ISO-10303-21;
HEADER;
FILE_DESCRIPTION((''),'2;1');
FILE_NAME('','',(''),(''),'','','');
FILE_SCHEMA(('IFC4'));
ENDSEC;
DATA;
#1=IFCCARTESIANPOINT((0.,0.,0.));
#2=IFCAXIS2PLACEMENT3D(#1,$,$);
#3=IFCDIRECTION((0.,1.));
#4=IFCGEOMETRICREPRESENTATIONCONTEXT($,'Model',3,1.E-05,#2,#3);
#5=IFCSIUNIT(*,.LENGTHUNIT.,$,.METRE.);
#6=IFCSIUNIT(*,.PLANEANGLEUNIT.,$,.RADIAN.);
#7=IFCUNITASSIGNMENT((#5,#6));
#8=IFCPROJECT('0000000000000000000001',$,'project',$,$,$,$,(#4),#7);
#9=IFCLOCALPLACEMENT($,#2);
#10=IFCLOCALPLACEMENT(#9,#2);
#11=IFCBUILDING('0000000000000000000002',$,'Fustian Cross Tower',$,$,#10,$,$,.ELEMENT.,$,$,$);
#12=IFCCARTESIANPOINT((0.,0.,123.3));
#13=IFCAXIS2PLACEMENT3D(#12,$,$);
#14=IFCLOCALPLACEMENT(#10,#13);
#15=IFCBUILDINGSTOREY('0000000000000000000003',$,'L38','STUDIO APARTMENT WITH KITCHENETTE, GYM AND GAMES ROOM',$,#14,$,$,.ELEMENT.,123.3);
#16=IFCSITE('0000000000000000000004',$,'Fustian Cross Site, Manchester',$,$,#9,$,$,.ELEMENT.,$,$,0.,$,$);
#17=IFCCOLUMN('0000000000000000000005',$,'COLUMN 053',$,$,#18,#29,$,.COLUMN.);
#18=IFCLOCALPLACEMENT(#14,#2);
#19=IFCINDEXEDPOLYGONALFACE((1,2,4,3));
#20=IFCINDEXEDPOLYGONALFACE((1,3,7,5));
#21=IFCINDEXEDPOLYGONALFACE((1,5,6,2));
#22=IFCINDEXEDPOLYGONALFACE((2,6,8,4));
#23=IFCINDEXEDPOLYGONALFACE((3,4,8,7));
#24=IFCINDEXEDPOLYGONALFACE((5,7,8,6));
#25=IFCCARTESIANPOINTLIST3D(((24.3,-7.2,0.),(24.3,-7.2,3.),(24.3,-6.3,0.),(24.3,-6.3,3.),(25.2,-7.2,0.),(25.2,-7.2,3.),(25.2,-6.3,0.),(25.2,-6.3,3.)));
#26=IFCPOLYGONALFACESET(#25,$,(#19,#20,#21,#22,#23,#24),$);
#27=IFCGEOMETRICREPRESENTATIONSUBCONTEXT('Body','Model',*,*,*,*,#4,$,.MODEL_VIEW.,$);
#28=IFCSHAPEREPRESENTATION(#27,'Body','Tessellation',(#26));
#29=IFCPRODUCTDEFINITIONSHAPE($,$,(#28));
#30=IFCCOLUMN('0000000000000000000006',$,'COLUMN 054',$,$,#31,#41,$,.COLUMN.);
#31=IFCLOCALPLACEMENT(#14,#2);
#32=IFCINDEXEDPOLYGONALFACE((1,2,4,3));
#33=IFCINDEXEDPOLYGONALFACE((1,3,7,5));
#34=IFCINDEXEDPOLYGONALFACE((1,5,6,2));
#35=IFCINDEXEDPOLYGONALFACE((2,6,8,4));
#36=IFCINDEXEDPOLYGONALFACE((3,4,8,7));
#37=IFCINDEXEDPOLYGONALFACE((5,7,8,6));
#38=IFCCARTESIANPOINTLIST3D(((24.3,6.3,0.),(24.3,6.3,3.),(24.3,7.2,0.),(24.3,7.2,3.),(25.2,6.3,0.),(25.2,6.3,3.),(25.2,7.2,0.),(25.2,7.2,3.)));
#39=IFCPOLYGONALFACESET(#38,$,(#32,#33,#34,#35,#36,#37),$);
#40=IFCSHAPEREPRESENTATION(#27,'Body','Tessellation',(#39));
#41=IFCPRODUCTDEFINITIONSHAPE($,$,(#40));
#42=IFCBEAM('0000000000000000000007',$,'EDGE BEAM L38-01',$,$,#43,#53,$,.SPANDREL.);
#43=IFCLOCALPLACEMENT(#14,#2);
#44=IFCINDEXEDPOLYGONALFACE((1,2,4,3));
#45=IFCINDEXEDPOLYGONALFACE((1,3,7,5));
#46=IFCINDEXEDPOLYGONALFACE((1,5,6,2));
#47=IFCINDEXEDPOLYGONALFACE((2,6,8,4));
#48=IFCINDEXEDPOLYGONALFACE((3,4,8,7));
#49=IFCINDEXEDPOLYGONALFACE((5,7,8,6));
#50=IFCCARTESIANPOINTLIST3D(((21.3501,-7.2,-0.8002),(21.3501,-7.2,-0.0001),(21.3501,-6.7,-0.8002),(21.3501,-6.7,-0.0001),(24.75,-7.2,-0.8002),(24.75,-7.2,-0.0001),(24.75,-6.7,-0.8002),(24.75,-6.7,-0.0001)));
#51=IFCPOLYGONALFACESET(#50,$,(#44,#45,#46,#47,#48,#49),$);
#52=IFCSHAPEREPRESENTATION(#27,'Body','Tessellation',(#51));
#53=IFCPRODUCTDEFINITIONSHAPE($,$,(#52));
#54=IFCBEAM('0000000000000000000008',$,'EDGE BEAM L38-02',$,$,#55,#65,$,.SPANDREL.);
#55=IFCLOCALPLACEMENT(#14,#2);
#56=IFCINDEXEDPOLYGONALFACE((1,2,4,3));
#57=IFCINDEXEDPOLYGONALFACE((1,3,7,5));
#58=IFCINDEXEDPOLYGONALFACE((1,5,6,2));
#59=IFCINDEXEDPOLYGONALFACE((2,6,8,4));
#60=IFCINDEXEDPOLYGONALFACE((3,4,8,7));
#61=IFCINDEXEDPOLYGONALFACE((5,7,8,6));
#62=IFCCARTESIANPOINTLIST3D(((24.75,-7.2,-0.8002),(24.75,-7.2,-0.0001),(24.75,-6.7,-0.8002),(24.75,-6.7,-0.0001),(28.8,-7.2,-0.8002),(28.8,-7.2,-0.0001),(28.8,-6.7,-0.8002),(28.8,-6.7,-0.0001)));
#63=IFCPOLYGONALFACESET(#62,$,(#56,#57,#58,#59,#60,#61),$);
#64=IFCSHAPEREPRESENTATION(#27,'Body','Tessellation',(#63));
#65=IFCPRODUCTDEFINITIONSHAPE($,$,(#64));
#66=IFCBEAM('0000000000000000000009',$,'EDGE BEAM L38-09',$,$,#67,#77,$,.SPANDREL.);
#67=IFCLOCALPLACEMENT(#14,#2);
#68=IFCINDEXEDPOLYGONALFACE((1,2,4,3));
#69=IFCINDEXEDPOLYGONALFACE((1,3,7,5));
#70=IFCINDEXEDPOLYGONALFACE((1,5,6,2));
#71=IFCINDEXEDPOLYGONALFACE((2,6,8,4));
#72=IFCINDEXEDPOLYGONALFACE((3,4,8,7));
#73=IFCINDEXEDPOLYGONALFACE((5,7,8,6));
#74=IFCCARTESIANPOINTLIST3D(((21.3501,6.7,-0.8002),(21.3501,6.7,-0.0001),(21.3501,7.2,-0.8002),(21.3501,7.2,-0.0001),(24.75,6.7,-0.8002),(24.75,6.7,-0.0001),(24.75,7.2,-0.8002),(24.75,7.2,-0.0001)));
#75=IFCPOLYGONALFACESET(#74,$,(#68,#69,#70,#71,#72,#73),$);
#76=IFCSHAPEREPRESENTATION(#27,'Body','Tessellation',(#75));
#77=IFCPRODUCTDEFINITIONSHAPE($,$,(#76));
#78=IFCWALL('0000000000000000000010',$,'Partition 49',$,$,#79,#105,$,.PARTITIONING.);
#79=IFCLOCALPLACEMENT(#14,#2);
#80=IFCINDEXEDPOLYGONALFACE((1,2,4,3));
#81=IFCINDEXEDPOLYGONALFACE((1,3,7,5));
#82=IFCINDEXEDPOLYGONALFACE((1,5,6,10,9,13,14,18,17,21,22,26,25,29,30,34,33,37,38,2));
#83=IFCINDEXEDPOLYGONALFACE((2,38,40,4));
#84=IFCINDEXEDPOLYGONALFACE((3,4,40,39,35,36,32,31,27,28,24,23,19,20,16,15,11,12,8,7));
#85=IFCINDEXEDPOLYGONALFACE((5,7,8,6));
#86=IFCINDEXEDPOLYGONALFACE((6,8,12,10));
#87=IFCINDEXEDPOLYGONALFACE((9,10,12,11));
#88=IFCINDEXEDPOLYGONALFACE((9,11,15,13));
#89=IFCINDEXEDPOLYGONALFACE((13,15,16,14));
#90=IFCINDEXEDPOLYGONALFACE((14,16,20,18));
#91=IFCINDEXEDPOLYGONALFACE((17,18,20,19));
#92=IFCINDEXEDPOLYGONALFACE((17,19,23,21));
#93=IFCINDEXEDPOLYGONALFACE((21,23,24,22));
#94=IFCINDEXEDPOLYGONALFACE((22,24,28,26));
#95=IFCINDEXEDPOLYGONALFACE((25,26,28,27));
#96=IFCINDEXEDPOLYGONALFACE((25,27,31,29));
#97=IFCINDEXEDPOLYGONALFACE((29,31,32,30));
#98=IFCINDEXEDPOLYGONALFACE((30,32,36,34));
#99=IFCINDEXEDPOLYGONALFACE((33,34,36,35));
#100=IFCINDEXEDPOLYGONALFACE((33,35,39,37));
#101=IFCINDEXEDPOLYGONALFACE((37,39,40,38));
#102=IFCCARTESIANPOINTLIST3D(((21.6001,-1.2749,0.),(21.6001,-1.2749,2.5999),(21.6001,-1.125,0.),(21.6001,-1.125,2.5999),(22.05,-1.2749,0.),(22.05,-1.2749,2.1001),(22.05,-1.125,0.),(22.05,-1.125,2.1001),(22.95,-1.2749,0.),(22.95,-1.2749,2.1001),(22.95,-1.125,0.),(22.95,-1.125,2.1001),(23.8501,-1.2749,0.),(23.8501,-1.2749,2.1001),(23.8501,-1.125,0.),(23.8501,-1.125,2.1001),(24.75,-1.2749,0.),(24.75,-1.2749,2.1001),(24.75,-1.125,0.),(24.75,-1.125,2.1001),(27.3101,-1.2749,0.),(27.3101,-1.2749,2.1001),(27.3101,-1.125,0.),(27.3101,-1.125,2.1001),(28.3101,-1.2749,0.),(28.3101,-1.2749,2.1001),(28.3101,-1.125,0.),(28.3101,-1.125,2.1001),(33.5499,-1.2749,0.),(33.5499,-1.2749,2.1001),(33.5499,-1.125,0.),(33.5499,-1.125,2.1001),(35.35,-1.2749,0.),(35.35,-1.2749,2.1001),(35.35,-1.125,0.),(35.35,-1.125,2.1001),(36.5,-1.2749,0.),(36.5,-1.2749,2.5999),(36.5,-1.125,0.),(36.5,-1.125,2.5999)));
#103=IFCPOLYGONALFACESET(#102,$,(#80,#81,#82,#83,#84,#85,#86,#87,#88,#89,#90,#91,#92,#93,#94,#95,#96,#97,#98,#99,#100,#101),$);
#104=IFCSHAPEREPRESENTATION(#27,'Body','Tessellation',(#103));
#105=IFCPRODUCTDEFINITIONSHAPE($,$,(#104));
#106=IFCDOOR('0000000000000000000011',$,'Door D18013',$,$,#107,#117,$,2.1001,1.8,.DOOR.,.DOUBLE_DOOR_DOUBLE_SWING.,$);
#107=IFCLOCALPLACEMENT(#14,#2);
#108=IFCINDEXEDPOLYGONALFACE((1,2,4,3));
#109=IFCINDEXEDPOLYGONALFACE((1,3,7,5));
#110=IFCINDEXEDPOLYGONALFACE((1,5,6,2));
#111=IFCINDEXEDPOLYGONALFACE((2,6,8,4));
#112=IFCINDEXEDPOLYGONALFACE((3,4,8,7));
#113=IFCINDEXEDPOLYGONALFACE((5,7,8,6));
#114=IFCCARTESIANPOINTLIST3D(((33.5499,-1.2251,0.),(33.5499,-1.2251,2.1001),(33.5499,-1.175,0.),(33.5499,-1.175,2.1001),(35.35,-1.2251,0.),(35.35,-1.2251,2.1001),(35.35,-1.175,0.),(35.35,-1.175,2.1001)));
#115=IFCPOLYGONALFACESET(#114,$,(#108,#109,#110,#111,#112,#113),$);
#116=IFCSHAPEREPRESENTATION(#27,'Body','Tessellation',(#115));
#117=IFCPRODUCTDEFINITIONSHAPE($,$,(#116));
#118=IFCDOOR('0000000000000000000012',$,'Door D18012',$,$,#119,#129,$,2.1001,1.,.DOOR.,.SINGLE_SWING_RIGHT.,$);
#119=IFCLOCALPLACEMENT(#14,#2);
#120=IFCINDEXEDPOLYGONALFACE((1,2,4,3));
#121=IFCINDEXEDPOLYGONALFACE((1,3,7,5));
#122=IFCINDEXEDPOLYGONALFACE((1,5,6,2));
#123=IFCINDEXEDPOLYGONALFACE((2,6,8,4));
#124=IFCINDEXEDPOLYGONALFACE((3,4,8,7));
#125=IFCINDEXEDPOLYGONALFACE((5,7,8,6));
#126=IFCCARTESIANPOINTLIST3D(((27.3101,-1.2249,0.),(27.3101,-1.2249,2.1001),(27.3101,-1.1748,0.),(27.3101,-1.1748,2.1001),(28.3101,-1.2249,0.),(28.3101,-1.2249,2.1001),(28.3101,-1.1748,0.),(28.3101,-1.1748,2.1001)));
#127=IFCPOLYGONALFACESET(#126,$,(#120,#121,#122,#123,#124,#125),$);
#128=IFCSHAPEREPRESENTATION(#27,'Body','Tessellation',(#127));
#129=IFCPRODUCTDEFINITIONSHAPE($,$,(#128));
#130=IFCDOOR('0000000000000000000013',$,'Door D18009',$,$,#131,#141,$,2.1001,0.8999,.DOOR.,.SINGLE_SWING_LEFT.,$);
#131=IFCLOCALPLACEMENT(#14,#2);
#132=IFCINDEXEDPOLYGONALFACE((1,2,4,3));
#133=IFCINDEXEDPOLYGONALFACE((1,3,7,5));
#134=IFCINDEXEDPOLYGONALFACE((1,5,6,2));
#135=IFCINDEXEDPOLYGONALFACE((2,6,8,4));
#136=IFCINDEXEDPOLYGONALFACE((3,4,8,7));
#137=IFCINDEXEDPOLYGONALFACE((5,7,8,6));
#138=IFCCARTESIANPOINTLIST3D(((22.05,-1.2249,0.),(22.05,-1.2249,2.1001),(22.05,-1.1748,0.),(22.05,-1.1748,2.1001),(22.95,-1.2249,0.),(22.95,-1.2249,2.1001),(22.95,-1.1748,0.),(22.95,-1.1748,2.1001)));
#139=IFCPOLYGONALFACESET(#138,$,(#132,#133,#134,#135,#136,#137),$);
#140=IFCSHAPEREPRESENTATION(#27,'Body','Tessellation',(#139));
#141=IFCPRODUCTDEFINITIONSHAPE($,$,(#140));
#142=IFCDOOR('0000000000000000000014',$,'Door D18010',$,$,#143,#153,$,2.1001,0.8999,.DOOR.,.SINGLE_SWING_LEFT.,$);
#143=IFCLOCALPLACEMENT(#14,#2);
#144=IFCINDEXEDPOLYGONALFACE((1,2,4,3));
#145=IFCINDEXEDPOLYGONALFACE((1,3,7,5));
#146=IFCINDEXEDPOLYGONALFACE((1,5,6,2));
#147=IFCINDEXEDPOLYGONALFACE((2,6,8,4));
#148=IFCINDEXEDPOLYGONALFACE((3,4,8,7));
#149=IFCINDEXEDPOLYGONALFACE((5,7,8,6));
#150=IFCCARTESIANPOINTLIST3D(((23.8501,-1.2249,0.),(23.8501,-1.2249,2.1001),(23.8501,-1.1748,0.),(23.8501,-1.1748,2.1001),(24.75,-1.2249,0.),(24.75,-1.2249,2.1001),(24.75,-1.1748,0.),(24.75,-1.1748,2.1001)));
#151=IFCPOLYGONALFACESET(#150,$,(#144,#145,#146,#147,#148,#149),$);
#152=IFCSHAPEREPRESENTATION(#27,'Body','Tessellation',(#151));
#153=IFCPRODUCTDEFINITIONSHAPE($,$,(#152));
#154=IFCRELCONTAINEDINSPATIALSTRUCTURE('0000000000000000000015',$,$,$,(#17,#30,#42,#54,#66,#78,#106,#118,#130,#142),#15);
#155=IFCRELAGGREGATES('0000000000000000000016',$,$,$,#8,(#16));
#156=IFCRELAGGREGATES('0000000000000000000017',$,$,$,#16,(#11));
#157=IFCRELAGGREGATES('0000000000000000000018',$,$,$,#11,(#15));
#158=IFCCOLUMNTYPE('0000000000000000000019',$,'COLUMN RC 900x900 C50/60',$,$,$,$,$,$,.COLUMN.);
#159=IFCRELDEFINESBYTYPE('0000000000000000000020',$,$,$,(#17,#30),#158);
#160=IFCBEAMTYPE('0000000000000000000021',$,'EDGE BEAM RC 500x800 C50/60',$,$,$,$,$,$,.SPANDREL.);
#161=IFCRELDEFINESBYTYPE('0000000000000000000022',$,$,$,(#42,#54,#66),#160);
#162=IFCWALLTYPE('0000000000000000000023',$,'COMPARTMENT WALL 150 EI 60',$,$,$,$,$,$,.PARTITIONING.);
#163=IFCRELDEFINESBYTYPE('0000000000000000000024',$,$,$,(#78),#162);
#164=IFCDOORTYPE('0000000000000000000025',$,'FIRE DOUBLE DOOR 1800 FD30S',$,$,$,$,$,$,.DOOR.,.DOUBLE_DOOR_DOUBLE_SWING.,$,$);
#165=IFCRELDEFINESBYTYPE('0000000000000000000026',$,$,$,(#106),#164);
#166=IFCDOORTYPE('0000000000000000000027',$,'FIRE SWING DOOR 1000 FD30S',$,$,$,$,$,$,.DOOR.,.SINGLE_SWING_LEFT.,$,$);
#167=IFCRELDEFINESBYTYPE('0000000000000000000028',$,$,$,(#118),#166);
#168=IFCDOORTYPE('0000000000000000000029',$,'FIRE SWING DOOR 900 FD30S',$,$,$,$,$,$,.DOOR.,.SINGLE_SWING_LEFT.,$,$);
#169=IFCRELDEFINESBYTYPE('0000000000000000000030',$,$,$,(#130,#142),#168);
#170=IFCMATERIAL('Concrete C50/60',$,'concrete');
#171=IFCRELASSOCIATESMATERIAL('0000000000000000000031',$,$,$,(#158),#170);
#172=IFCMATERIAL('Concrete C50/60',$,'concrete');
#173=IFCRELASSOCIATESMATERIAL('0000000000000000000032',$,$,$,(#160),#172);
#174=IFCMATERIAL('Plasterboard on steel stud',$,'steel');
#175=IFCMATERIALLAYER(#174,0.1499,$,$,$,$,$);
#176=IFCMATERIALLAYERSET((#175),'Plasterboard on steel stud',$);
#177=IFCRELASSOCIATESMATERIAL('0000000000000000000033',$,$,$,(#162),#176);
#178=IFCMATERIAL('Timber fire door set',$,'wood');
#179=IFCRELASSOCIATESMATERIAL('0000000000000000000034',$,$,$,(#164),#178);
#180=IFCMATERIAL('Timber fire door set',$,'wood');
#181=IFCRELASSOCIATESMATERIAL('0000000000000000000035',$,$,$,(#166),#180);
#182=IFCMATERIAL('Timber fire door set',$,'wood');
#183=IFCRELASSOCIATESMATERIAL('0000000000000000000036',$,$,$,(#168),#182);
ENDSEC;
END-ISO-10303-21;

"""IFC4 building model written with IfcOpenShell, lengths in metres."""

from ifc_helpers import new_model, si_unit, direction, frame, frame_2d, origin, origin_2d, place, context, subcontext, project, spatial, rectangle, extrude, material, layer, layer_set, material_profile, profile_set, type_object, element, fill, save


model = new_model("IFC4")

# Units and contexts
model_context = context("Model", 3, precision=1e-05, world=origin(), true_north=direction((0.0, 1.0)))
body_context = subcontext(model_context, "Body", "Model", "MODEL_VIEW")
ifc_project = project(units=[si_unit("LENGTHUNIT", "METRE"), si_unit("PLANEANGLEUNIT", "RADIAN")], contexts=[model_context])

# Site, building, storey
site_placement = place(None, origin())
site = spatial("IfcSite", under=ifc_project, at=site_placement, Name="Fustian Cross Site, Manchester", CompositionType="ELEMENT", RefElevation=0.0)
building_placement = place(site_placement, origin())
building = spatial("IfcBuilding", under=site, at=building_placement, Name="Fustian Cross Tower", CompositionType="ELEMENT")
storey_placement = place(building_placement, frame((0.0, 0.0, 123.3)))
storey = spatial("IfcBuildingStorey", under=building, at=storey_placement, Name="L38", Description="STUDIO APARTMENT WITH KITCHENETTE, GYM AND GAMES ROOM", CompositionType="ELEMENT", Elevation=123.3)

# Columns
ifc_material_1 = material(Name="Concrete C50/60", Category="concrete")
ifc_material_profile_1 = material_profile(ifc_material_1, rectangle(XDim=0.8999, YDim=0.8999, at=origin_2d()), Name="RC 900x900")
ifc_profile_set_1 = profile_set([ifc_material_profile_1], Name="Concrete C50/60")
column_type = type_object("IfcColumnType", Name="COLUMN RC 900x900 C50/60", PredefinedType="COLUMN", material=ifc_profile_set_1)
for number, where, z_axis, x_axis, name in (
    (1, (24.75, -6.75, 0.0), (0.0, 0.0, 1.0), (1.0, 0.0, 0.0), "COLUMN 053"),
    (2, (24.75, 6.75, 0.0), (0.0, 0.0, 1.0), (1.0, 0.0, 0.0), "COLUMN 054"),
):
    element("IfcColumn", number, at=place(storey_placement, frame(where, z_axis=z_axis, x_axis=x_axis)), inside=storey, type_object=column_type, Name=name, PredefinedType="COLUMN", context=body_context, shape_type="SweptSolid", body=[
        extrude(rectangle(XDim=0.8999, YDim=0.8999, at=origin_2d()), origin(), (0.0, 0.0, 1.0), 3.0),
    ])

# Beams
ifc_material_2 = material(Name="Concrete C50/60", Category="concrete")
ifc_material_profile_2 = material_profile(ifc_material_2, rectangle(XDim=0.5, YDim=0.8, at=origin_2d()), Name="RC 500x800")
ifc_profile_set_2 = profile_set([ifc_material_profile_2], Name="Concrete C50/60")
beam_type = type_object("IfcBeamType", Name="EDGE BEAM RC 500x800 C50/60", PredefinedType="SPANDREL", material=ifc_profile_set_2)
beam_1_placement = place(storey_placement, frame((21.3501, -6.95, -0.4001), z_axis=(1.0, 0.0, 0.0), x_axis=(0.0, 1.0, 0.0)))
element("IfcBeam", 3, at=beam_1_placement, inside=storey, type_object=beam_type, Name="EDGE BEAM L38-01", PredefinedType="SPANDREL", context=body_context, shape_type="SweptSolid", body=[
    extrude(rectangle(XDim=0.5, YDim=0.8, at=origin_2d()), origin(), (0.0, 0.0, 1.0), 3.3999),
])
beam_2_placement = place(storey_placement, frame((24.75, -6.95, -0.4001), z_axis=(1.0, 0.0, 0.0), x_axis=(0.0, 1.0, 0.0)))
element("IfcBeam", 4, at=beam_2_placement, inside=storey, type_object=beam_type, Name="EDGE BEAM L38-02", PredefinedType="SPANDREL", context=body_context, shape_type="SweptSolid", body=[
    extrude(rectangle(XDim=0.5, YDim=0.8, at=origin_2d()), origin(), (0.0, 0.0, 1.0), 4.05),
])
beam_3_placement = place(storey_placement, frame((24.75, 6.95, -0.4001), z_axis=(-1.0, 0.0, 0.0), x_axis=(0.0, -1.0, 0.0)))
element("IfcBeam", 5, at=beam_3_placement, inside=storey, type_object=beam_type, Name="EDGE BEAM L38-09", PredefinedType="SPANDREL", context=body_context, shape_type="SweptSolid", body=[
    extrude(rectangle(XDim=0.5, YDim=0.8, at=origin_2d()), origin(), (0.0, 0.0, 1.0), 3.3999),
])

# Wall, openings, doors
ifc_material_3 = material(Name="Plasterboard on steel stud", Category="steel")
ifc_layer_1 = layer(ifc_material_3, 0.1499)
ifc_layer_set_1 = layer_set([ifc_layer_1], Name="Plasterboard on steel stud")
wall_type_1 = type_object("IfcWallType", Name="COMPARTMENT WALL 150 EI 60", PredefinedType="PARTITIONING", material=ifc_layer_set_1)
wall_1_placement = place(storey_placement, frame((21.6001, -1.2, 0.0), z_axis=(0.0, 0.0, 1.0), x_axis=(1.0, 0.0, 0.0)))
wall_1 = element("IfcWall", 6, at=wall_1_placement, inside=storey, type_object=wall_type_1, Name="Partition 49", PredefinedType="PARTITIONING", context=body_context, shape_type="SweptSolid", body=[
    extrude(rectangle(XDim=14.8999, YDim=0.1499, at=frame_2d((7.45, 0.0))), origin(), (0.0, 0.0, 1.0), 2.5999),
])
opening_1_placement = place(wall_1_placement, frame((0.45, 0.0, 0.0)))
opening_1 = element("IfcOpeningElement", 7, at=opening_1_placement, cuts=wall_1, PredefinedType="OPENING", context=body_context, shape_type="SweptSolid", body=[
    extrude(rectangle(XDim=0.8999, YDim=2.1001, at=frame_2d((0.45, 1.05))), frame((0.0, 0.085, 0.0), z_axis=(0.0, -1.0, 0.0), x_axis=(1.0, 0.0, 0.0)), (0.0, 0.0, 1.0), 0.1699),
])
opening_2_placement = place(wall_1_placement, frame((2.25, 0.0, 0.0)))
opening_2 = element("IfcOpeningElement", 8, at=opening_2_placement, cuts=wall_1, PredefinedType="OPENING", context=body_context, shape_type="SweptSolid", body=[
    extrude(rectangle(XDim=0.8999, YDim=2.1001, at=frame_2d((0.45, 1.05))), frame((0.0, 0.085, 0.0), z_axis=(0.0, -1.0, 0.0), x_axis=(1.0, 0.0, 0.0)), (0.0, 0.0, 1.0), 0.1699),
])
opening_3_placement = place(wall_1_placement, frame((5.71, 0.0, 0.0)))
opening_3 = element("IfcOpeningElement", 9, at=opening_3_placement, cuts=wall_1, PredefinedType="OPENING", context=body_context, shape_type="SweptSolid", body=[
    extrude(rectangle(XDim=1.0, YDim=2.1001, at=frame_2d((0.5, 1.05))), frame((0.0, 0.085, 0.0), z_axis=(0.0, -1.0, 0.0), x_axis=(1.0, 0.0, 0.0)), (0.0, 0.0, 1.0), 0.1699),
])
opening_4_placement = place(wall_1_placement, frame((11.95, 0.0, 0.0)))
opening_4 = element("IfcOpeningElement", 10, at=opening_4_placement, cuts=wall_1, PredefinedType="OPENING", context=body_context, shape_type="SweptSolid", body=[
    extrude(rectangle(XDim=1.8, YDim=2.1001, at=frame_2d((0.8999, 1.05))), frame((0.0, 0.085, 0.0), z_axis=(0.0, -1.0, 0.0), x_axis=(1.0, 0.0, 0.0)), (0.0, 0.0, 1.0), 0.1699),
])
ifc_material_4 = material(Name="Timber fire door set", Category="wood")
door_type_1 = type_object("IfcDoorType", Name="FIRE DOUBLE DOOR 1800 FD30S", OperationType="DOUBLE_DOOR_DOUBLE_SWING", PredefinedType="DOOR", material=ifc_material_4)
door_1_placement = place(opening_4_placement, origin())
door_1 = element("IfcDoor", 11, at=door_1_placement, inside=storey, type_object=door_type_1, Name="Door D18013", OperationType="DOUBLE_DOOR_DOUBLE_SWING", OverallHeight=2.1001, OverallWidth=1.8, PredefinedType="DOOR", context=body_context, shape_type="SweptSolid", body=[
    extrude(rectangle(XDim=1.8, YDim=2.1001, at=frame_2d((0.8999, 1.05))), frame((0.0, 0.0249, 0.0), z_axis=(0.0, -1.0, 0.0), x_axis=(1.0, 0.0, 0.0)), (0.0, 0.0, 1.0), 0.05),
])
fill(opening_4, door_1)
ifc_material_5 = material(Name="Timber fire door set", Category="wood")
door_type_2 = type_object("IfcDoorType", Name="FIRE SWING DOOR 1000 FD30S", OperationType="SINGLE_SWING_LEFT", PredefinedType="DOOR", material=ifc_material_5)
door_2_placement = place(opening_3_placement, frame((1.0, 0.0, 0.0), z_axis=(0.0, 0.0, 1.0), x_axis=(-1.0, 0.0, 0.0)))
door_2 = element("IfcDoor", 12, at=door_2_placement, inside=storey, type_object=door_type_2, Name="Door D18012", OperationType="SINGLE_SWING_RIGHT", OverallHeight=2.1001, OverallWidth=1.0, PredefinedType="DOOR", context=body_context, shape_type="SweptSolid", body=[
    extrude(rectangle(XDim=1.0, YDim=2.1001, at=frame_2d((0.5, 1.05))), frame((0.0, 0.0249, 0.0), z_axis=(0.0, -1.0, 0.0), x_axis=(1.0, 0.0, 0.0)), (0.0, 0.0, 1.0), 0.05),
])
fill(opening_3, door_2)
ifc_material_6 = material(Name="Timber fire door set", Category="wood")
door_type_3 = type_object("IfcDoorType", Name="FIRE SWING DOOR 900 FD30S", OperationType="SINGLE_SWING_LEFT", PredefinedType="DOOR", material=ifc_material_6)
door_3_placement = place(opening_1_placement, frame((0.8999, 0.0, 0.0), z_axis=(0.0, 0.0, 1.0), x_axis=(-1.0, 0.0, 0.0)))
door_3 = element("IfcDoor", 13, at=door_3_placement, inside=storey, type_object=door_type_3, Name="Door D18009", OperationType="SINGLE_SWING_LEFT", OverallHeight=2.1001, OverallWidth=0.8999, PredefinedType="DOOR", context=body_context, shape_type="SweptSolid", body=[
    extrude(rectangle(XDim=0.8999, YDim=2.1001, at=frame_2d((0.45, 1.05))), frame((0.0, 0.0249, 0.0), z_axis=(0.0, -1.0, 0.0), x_axis=(1.0, 0.0, 0.0)), (0.0, 0.0, 1.0), 0.05),
])
fill(opening_1, door_3)
door_4_placement = place(opening_2_placement, frame((0.8999, 0.0, 0.0), z_axis=(0.0, 0.0, 1.0), x_axis=(-1.0, 0.0, 0.0)))
door_4 = element("IfcDoor", 14, at=door_4_placement, inside=storey, type_object=door_type_3, Name="Door D18010", OperationType="SINGLE_SWING_LEFT", OverallHeight=2.1001, OverallWidth=0.8999, PredefinedType="DOOR", context=body_context, shape_type="SweptSolid", body=[
    extrude(rectangle(XDim=0.8999, YDim=2.1001, at=frame_2d((0.45, 1.05))), frame((0.0, 0.0249, 0.0), z_axis=(0.0, -1.0, 0.0), x_axis=(1.0, 0.0, 0.0)), (0.0, 0.0, 1.0), 0.05),
])
fill(opening_2, door_4)

save(model, "model.ifc")
